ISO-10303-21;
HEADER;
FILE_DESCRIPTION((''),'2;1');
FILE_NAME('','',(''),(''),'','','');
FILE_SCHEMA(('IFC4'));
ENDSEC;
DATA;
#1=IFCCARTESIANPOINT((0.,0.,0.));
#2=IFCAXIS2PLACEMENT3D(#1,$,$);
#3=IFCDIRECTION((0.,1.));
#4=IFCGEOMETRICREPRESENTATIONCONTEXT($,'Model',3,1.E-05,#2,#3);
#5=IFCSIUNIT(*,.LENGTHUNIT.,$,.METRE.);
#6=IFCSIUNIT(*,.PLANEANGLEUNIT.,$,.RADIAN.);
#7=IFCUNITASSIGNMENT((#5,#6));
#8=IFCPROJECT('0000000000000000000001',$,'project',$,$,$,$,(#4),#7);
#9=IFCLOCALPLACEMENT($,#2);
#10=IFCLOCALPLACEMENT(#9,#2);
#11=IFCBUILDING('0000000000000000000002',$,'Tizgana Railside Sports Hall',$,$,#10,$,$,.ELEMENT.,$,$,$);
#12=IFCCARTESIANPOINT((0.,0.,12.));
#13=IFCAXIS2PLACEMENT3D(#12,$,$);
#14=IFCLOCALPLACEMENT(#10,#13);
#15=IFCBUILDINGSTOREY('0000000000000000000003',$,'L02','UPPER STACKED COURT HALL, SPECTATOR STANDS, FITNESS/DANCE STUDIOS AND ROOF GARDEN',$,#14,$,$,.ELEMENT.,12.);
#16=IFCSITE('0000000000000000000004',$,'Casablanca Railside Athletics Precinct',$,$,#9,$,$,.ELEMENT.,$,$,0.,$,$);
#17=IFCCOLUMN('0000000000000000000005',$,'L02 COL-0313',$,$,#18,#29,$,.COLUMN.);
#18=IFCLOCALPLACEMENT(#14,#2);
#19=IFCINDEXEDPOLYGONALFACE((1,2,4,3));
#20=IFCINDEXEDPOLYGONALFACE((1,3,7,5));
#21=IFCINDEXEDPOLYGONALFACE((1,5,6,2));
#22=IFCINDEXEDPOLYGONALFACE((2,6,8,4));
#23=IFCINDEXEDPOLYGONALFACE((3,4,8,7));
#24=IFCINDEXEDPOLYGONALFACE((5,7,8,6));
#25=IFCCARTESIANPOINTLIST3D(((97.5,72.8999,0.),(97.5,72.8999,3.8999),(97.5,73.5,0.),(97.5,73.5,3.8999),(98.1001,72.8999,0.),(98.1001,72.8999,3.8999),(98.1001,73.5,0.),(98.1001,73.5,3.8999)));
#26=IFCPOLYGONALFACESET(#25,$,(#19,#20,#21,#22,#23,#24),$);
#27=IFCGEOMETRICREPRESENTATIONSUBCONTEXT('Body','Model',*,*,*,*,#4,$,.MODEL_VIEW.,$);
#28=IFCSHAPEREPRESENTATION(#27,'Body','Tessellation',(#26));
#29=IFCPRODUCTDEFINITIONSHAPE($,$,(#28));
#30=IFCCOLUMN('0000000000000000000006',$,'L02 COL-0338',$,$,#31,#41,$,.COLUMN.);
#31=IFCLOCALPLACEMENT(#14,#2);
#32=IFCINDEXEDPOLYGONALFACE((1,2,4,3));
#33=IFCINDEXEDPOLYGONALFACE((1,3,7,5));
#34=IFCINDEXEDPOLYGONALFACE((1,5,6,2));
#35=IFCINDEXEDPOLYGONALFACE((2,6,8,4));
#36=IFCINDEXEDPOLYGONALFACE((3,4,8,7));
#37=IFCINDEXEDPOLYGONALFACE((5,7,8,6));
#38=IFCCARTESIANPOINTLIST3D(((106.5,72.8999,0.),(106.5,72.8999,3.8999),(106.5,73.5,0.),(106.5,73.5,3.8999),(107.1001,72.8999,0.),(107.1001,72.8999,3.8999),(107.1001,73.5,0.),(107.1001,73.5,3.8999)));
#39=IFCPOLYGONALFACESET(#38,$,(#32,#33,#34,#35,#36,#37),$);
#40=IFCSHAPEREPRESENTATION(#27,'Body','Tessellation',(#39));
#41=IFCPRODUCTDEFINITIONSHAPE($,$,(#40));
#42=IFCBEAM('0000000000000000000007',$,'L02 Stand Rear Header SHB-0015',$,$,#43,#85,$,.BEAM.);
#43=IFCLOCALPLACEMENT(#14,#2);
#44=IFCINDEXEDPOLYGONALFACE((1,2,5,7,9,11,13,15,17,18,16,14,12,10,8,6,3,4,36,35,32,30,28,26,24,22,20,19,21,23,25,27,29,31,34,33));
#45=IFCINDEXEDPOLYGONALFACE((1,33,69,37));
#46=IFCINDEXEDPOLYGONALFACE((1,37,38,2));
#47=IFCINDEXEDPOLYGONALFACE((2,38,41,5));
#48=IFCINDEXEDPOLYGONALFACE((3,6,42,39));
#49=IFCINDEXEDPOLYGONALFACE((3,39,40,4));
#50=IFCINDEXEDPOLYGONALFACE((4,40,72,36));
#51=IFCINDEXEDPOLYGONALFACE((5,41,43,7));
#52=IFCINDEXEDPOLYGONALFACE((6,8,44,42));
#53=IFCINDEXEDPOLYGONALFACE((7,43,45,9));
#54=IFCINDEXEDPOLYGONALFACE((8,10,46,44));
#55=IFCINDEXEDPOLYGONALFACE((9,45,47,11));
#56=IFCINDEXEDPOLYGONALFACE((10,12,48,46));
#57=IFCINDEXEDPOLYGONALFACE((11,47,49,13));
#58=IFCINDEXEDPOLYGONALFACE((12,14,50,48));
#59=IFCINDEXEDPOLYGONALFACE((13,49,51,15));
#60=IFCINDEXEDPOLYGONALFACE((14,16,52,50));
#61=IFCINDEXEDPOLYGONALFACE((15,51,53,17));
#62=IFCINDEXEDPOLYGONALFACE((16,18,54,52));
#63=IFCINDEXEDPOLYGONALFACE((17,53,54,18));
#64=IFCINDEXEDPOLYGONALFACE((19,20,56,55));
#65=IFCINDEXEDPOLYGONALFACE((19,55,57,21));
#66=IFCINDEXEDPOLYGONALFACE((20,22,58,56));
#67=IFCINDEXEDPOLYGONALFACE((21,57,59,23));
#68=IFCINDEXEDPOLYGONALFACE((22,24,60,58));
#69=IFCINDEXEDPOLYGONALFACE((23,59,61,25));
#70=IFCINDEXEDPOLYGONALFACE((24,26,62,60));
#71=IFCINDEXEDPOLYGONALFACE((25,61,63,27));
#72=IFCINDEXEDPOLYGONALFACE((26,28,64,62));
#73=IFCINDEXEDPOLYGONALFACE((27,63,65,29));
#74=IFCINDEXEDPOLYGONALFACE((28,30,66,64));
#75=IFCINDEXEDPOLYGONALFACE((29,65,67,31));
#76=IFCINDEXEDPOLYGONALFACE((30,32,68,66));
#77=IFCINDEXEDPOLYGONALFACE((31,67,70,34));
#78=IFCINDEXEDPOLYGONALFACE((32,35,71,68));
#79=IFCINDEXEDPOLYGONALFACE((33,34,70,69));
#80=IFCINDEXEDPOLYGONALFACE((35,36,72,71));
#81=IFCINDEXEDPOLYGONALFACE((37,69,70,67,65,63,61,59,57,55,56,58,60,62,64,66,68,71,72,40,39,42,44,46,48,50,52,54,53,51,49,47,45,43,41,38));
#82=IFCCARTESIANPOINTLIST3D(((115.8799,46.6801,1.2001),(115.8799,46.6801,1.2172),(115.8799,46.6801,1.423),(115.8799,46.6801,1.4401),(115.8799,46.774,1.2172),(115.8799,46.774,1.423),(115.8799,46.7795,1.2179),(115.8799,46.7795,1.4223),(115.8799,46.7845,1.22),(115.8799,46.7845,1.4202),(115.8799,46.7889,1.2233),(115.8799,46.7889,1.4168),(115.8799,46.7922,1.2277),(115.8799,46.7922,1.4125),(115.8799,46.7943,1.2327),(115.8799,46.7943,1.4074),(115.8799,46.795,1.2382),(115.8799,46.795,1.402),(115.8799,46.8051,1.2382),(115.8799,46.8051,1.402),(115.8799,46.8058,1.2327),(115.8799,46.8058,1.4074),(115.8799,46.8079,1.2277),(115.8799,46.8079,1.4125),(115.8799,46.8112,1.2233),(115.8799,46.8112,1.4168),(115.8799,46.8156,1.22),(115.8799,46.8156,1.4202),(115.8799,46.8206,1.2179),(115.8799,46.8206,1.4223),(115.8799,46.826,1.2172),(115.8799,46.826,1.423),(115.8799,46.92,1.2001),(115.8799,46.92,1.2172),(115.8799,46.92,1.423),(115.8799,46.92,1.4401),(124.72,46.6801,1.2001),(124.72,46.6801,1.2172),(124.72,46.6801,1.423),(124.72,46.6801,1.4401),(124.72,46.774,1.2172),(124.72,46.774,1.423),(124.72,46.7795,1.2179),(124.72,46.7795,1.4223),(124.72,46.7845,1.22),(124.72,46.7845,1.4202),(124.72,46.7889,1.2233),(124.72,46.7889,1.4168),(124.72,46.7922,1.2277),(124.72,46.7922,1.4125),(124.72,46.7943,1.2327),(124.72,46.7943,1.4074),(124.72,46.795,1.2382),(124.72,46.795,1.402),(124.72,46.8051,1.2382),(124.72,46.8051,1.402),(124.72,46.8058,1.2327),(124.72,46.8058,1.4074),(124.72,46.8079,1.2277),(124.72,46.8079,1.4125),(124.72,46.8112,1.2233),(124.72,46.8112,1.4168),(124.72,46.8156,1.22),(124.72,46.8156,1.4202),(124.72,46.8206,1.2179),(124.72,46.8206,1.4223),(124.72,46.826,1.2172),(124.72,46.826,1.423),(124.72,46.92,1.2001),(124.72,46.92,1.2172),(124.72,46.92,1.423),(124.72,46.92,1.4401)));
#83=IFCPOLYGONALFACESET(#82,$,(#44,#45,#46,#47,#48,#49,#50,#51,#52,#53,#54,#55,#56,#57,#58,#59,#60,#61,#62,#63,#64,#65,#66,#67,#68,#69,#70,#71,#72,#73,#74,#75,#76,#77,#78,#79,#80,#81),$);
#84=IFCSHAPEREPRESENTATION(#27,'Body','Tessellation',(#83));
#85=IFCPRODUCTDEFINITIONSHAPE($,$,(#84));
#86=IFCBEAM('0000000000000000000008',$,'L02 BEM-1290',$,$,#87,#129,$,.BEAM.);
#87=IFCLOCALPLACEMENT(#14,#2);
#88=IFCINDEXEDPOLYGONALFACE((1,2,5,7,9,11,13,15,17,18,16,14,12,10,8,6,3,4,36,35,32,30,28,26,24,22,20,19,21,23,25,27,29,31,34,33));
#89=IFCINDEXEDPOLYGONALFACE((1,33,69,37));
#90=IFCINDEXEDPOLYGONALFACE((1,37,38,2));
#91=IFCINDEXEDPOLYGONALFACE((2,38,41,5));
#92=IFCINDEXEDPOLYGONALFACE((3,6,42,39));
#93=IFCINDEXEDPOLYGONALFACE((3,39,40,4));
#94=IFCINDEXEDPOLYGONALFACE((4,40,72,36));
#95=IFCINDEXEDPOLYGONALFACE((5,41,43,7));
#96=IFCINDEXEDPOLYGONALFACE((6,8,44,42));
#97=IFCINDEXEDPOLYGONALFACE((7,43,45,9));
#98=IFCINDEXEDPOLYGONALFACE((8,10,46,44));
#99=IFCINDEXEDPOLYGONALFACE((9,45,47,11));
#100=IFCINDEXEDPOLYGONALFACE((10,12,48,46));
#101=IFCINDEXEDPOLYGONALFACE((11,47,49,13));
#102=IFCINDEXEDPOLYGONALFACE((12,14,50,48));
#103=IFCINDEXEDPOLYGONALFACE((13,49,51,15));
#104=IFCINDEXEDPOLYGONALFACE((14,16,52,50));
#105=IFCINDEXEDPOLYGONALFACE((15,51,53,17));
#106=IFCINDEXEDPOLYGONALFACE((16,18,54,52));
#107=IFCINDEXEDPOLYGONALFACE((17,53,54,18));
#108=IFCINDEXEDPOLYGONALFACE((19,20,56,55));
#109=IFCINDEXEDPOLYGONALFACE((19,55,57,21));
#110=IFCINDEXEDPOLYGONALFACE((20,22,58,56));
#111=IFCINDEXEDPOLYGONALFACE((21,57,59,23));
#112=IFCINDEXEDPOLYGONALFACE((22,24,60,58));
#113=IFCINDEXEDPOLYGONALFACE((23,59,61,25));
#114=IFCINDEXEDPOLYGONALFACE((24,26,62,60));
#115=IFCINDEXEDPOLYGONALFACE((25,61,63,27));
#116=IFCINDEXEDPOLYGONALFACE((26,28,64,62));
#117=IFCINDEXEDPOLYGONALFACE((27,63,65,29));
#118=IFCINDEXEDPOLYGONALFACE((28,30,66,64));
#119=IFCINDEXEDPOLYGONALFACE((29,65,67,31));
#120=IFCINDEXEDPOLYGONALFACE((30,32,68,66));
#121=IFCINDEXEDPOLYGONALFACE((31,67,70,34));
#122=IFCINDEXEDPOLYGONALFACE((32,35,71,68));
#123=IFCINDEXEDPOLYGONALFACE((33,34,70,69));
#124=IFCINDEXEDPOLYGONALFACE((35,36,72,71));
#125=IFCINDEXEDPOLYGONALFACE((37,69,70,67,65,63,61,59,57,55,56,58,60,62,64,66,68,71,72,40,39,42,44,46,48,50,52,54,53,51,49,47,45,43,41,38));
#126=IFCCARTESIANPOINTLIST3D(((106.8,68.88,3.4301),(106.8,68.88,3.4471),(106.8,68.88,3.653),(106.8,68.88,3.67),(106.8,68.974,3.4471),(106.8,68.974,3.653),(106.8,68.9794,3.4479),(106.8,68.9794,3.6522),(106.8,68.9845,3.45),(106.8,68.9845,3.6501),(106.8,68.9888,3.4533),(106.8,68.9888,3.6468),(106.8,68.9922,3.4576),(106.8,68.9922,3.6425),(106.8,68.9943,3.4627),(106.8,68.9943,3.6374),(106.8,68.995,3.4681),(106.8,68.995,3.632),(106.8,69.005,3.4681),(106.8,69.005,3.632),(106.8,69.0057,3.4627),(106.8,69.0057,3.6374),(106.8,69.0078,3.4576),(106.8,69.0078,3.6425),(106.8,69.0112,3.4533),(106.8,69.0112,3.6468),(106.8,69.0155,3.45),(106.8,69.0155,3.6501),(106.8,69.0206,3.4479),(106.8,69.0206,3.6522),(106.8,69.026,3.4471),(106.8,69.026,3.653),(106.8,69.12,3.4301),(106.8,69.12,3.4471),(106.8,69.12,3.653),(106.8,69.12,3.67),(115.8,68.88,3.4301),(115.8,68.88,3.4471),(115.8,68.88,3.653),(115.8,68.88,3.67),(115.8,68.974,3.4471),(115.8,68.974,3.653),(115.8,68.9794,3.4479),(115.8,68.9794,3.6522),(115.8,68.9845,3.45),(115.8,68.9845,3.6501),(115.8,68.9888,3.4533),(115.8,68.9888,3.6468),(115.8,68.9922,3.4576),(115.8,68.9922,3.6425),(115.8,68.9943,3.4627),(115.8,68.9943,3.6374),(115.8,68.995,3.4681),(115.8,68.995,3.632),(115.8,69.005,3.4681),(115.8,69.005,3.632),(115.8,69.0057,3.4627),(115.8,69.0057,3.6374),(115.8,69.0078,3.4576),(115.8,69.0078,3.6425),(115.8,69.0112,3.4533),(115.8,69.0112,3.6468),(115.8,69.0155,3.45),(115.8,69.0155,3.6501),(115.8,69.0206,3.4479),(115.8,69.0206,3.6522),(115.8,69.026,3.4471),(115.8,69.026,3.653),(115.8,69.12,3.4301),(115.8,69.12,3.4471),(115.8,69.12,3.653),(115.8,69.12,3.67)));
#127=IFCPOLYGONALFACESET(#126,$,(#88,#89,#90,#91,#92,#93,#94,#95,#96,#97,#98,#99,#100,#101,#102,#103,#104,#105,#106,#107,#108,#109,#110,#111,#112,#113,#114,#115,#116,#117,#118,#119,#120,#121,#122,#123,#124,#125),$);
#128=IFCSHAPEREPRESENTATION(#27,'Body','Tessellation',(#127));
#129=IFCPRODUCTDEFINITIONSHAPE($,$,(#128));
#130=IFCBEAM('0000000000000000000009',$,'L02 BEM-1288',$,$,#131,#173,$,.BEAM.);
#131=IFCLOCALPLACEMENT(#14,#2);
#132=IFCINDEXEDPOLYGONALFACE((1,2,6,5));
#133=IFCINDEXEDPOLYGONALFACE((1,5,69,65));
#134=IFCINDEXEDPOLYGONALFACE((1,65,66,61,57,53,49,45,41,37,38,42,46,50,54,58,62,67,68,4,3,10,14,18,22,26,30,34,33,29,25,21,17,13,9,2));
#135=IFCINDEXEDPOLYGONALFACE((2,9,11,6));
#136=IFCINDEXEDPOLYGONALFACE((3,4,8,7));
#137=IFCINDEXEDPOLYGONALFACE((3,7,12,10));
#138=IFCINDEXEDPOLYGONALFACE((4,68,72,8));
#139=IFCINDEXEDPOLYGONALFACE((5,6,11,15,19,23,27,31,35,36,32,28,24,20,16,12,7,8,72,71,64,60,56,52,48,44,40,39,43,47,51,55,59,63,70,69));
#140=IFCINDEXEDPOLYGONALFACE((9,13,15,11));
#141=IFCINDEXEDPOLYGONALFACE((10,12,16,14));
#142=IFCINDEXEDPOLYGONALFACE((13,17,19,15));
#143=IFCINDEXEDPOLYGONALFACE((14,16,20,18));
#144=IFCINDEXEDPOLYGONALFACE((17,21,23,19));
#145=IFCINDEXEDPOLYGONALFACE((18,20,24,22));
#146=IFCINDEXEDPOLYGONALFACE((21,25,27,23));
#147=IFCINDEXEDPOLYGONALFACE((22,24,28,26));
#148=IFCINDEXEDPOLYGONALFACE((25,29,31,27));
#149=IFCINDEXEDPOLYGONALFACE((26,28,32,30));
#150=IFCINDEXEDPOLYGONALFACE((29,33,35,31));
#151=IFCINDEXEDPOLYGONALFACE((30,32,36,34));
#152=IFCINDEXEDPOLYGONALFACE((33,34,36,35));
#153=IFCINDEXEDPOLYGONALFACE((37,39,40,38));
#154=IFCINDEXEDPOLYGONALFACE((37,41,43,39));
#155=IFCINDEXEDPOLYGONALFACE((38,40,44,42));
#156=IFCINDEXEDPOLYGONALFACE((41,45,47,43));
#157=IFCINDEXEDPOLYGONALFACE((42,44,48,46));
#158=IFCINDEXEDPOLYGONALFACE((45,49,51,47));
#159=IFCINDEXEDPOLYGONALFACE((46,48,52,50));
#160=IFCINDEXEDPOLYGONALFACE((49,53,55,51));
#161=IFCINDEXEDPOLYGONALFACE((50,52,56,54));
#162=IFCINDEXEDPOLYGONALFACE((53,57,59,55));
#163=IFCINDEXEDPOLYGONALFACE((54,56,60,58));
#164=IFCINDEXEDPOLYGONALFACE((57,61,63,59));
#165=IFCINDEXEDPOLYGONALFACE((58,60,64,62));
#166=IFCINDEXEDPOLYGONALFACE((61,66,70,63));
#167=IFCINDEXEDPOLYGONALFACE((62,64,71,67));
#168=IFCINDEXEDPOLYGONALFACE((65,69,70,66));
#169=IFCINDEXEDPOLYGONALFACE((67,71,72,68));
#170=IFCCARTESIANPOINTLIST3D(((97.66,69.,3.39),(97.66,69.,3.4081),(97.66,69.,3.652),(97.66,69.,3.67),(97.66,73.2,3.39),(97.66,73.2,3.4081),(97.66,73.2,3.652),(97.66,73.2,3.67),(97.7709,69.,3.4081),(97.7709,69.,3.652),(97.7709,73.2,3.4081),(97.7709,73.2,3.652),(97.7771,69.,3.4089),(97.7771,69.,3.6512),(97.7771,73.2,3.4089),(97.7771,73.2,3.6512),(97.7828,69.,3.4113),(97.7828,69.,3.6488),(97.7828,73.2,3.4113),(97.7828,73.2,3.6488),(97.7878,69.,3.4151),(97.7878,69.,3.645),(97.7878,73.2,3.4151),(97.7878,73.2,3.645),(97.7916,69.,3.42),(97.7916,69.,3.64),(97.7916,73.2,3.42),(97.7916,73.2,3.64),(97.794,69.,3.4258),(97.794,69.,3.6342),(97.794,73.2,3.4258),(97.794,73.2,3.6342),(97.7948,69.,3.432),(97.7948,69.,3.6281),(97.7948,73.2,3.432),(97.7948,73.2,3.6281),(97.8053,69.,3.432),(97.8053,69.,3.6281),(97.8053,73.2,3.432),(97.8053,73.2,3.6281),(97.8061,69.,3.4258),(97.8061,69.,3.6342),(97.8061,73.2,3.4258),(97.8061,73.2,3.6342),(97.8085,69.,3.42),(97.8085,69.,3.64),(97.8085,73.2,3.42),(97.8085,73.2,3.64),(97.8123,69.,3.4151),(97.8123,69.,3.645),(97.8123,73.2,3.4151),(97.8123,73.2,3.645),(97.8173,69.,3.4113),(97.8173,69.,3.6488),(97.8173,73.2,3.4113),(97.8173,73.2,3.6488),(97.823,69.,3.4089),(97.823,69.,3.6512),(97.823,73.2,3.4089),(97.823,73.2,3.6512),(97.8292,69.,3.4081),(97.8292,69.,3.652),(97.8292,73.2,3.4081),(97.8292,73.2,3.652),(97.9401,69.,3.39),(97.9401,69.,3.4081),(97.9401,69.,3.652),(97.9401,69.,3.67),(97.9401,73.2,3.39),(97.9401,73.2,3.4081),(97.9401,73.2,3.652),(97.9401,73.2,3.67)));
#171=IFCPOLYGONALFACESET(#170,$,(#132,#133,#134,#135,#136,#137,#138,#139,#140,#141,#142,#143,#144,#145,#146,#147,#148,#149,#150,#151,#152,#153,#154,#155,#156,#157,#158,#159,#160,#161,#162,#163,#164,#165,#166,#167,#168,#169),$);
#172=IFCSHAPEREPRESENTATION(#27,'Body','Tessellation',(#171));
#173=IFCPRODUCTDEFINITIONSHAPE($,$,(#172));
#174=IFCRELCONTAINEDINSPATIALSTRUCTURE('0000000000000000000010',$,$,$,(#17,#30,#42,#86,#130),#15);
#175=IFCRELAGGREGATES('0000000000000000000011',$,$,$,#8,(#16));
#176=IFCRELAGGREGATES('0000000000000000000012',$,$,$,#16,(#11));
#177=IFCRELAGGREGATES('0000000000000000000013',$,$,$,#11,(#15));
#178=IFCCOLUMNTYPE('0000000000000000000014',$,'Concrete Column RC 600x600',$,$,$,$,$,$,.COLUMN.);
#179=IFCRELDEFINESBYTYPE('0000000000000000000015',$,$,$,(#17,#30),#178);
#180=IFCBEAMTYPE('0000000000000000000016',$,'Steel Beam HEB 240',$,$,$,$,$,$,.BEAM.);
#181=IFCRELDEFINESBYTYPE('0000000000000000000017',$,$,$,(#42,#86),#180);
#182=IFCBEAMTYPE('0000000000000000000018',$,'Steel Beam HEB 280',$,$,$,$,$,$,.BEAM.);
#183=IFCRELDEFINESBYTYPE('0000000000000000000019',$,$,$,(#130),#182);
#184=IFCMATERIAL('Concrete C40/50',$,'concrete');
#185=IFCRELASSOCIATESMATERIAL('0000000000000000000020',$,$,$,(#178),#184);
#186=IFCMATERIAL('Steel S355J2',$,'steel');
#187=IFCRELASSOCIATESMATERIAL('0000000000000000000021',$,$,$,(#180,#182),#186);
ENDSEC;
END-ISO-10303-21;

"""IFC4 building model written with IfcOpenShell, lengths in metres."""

from ifc_helpers import new_model, si_unit, direction, frame, origin, origin_2d, place, context, subcontext, project, spatial, rectangle, i_section, extrude, material, material_profile, profile_set, type_object, element, save


model = new_model("IFC4")

# Units and contexts
model_context = context("Model", 3, precision=1e-05, world=origin(), true_north=direction((0.0, 1.0)))
body_context = subcontext(model_context, "Body", "Model", "MODEL_VIEW")
ifc_project = project(units=[si_unit("LENGTHUNIT", "METRE"), si_unit("PLANEANGLEUNIT", "RADIAN")], contexts=[model_context])

# Site, building, storey
site_placement = place(None, origin())
site = spatial("IfcSite", under=ifc_project, at=site_placement, Name="Casablanca Railside Athletics Precinct", CompositionType="ELEMENT", RefElevation=0.0)
building_placement = place(site_placement, origin())
building = spatial("IfcBuilding", under=site, at=building_placement, Name="Tizgana Railside Sports Hall", CompositionType="ELEMENT")
storey_placement = place(building_placement, frame((0.0, 0.0, 12.0)))
storey = spatial("IfcBuildingStorey", under=building, at=storey_placement, Name="L02", Description="UPPER STACKED COURT HALL, SPECTATOR STANDS, FITNESS/DANCE STUDIOS AND ROOF GARDEN", CompositionType="ELEMENT", Elevation=12.0)

# Columns
ifc_material_1 = material(Name="Concrete C40/50", Category="concrete")
ifc_material_profile_1 = material_profile(ifc_material_1, rectangle(XDim=0.6001, YDim=0.6001, at=origin_2d()), Name="RC 600x600")
ifc_profile_set_1 = profile_set([ifc_material_profile_1], Name="Concrete C40/50")
column_type = type_object("IfcColumnType", Name="Concrete Column RC 600x600", PredefinedType="COLUMN", material=ifc_profile_set_1)
for number, where, z_axis, x_axis, name in (
    (1, (97.8, 73.2, 0.0), (0.0, 0.0, 1.0), (1.0, 0.0, 0.0), "L02 COL-0313"),
    (2, (106.8, 73.2, 0.0), (0.0, 0.0, 1.0), (1.0, 0.0, 0.0), "L02 COL-0338"),
):
    element("IfcColumn", number, at=place(storey_placement, frame(where, z_axis=z_axis, x_axis=x_axis)), inside=storey, type_object=column_type, Name=name, PredefinedType="COLUMN", context=body_context, shape_type="SweptSolid", body=[
        extrude(rectangle(XDim=0.6001, YDim=0.6001, at=origin_2d()), origin(), (0.0, 0.0, 1.0), 3.8999),
    ])

# Beams
ifc_material_2 = material(Name="Steel S355J2", Category="steel")
ifc_material_profile_2 = material_profile(ifc_material_2, i_section(OverallWidth=0.24, OverallDepth=0.24, WebThickness=0.01, FlangeThickness=0.0171, FilletRadius=0.021, at=origin_2d()), Name="HEB 240")
ifc_profile_set_2 = profile_set([ifc_material_profile_2], Name="Steel S355J2")
beam_type_1 = type_object("IfcBeamType", Name="Steel Beam HEB 240", PredefinedType="BEAM", material=ifc_profile_set_2)
beam_1_placement = place(storey_placement, frame((115.8799, 46.8, 1.3201), z_axis=(1.0, 0.0, 0.0), x_axis=(0.0, 1.0, 0.0)))
element("IfcBeam", 3, at=beam_1_placement, inside=storey, type_object=beam_type_1, Name="L02 Stand Rear Header SHB-0015", PredefinedType="BEAM", context=body_context, shape_type="SweptSolid", body=[
    extrude(i_section(OverallWidth=0.24, OverallDepth=0.24, WebThickness=0.01, FlangeThickness=0.0171, FilletRadius=0.021, at=origin_2d()), origin(), (0.0, 0.0, 1.0), 8.8401),
])
beam_2_placement = place(storey_placement, frame((106.8, 69.0, 3.55), z_axis=(1.0, 0.0, 0.0), x_axis=(0.0, 1.0, 0.0)))
element("IfcBeam", 4, at=beam_2_placement, inside=storey, type_object=beam_type_1, Name="L02 BEM-1290", PredefinedType="BEAM", context=body_context, shape_type="SweptSolid", body=[
    extrude(i_section(OverallWidth=0.24, OverallDepth=0.24, WebThickness=0.01, FlangeThickness=0.0171, FilletRadius=0.021, at=origin_2d()), origin(), (0.0, 0.0, 1.0), 9.0),
])
ifc_material_profile_3 = material_profile(ifc_material_2, i_section(OverallWidth=0.28, OverallDepth=0.28, WebThickness=0.0105, FlangeThickness=0.0181, FilletRadius=0.0239, at=origin_2d()), Name="HEB 280")
ifc_profile_set_3 = profile_set([ifc_material_profile_3], Name="Steel S355J2")
beam_type_2 = type_object("IfcBeamType", Name="Steel Beam HEB 280", PredefinedType="BEAM", material=ifc_profile_set_3)
beam_3_placement = place(storey_placement, frame((97.8, 73.2, 3.53), z_axis=(0.0, -1.0, 0.0), x_axis=(1.0, 0.0, 0.0)))
element("IfcBeam", 5, at=beam_3_placement, inside=storey, type_object=beam_type_2, Name="L02 BEM-1288", PredefinedType="BEAM", context=body_context, shape_type="SweptSolid", body=[
    extrude(i_section(OverallWidth=0.28, OverallDepth=0.28, WebThickness=0.0105, FlangeThickness=0.0181, FilletRadius=0.0239, at=origin_2d()), origin(), (0.0, 0.0, 1.0), 4.2),
])

save(model, "model.ifc")
